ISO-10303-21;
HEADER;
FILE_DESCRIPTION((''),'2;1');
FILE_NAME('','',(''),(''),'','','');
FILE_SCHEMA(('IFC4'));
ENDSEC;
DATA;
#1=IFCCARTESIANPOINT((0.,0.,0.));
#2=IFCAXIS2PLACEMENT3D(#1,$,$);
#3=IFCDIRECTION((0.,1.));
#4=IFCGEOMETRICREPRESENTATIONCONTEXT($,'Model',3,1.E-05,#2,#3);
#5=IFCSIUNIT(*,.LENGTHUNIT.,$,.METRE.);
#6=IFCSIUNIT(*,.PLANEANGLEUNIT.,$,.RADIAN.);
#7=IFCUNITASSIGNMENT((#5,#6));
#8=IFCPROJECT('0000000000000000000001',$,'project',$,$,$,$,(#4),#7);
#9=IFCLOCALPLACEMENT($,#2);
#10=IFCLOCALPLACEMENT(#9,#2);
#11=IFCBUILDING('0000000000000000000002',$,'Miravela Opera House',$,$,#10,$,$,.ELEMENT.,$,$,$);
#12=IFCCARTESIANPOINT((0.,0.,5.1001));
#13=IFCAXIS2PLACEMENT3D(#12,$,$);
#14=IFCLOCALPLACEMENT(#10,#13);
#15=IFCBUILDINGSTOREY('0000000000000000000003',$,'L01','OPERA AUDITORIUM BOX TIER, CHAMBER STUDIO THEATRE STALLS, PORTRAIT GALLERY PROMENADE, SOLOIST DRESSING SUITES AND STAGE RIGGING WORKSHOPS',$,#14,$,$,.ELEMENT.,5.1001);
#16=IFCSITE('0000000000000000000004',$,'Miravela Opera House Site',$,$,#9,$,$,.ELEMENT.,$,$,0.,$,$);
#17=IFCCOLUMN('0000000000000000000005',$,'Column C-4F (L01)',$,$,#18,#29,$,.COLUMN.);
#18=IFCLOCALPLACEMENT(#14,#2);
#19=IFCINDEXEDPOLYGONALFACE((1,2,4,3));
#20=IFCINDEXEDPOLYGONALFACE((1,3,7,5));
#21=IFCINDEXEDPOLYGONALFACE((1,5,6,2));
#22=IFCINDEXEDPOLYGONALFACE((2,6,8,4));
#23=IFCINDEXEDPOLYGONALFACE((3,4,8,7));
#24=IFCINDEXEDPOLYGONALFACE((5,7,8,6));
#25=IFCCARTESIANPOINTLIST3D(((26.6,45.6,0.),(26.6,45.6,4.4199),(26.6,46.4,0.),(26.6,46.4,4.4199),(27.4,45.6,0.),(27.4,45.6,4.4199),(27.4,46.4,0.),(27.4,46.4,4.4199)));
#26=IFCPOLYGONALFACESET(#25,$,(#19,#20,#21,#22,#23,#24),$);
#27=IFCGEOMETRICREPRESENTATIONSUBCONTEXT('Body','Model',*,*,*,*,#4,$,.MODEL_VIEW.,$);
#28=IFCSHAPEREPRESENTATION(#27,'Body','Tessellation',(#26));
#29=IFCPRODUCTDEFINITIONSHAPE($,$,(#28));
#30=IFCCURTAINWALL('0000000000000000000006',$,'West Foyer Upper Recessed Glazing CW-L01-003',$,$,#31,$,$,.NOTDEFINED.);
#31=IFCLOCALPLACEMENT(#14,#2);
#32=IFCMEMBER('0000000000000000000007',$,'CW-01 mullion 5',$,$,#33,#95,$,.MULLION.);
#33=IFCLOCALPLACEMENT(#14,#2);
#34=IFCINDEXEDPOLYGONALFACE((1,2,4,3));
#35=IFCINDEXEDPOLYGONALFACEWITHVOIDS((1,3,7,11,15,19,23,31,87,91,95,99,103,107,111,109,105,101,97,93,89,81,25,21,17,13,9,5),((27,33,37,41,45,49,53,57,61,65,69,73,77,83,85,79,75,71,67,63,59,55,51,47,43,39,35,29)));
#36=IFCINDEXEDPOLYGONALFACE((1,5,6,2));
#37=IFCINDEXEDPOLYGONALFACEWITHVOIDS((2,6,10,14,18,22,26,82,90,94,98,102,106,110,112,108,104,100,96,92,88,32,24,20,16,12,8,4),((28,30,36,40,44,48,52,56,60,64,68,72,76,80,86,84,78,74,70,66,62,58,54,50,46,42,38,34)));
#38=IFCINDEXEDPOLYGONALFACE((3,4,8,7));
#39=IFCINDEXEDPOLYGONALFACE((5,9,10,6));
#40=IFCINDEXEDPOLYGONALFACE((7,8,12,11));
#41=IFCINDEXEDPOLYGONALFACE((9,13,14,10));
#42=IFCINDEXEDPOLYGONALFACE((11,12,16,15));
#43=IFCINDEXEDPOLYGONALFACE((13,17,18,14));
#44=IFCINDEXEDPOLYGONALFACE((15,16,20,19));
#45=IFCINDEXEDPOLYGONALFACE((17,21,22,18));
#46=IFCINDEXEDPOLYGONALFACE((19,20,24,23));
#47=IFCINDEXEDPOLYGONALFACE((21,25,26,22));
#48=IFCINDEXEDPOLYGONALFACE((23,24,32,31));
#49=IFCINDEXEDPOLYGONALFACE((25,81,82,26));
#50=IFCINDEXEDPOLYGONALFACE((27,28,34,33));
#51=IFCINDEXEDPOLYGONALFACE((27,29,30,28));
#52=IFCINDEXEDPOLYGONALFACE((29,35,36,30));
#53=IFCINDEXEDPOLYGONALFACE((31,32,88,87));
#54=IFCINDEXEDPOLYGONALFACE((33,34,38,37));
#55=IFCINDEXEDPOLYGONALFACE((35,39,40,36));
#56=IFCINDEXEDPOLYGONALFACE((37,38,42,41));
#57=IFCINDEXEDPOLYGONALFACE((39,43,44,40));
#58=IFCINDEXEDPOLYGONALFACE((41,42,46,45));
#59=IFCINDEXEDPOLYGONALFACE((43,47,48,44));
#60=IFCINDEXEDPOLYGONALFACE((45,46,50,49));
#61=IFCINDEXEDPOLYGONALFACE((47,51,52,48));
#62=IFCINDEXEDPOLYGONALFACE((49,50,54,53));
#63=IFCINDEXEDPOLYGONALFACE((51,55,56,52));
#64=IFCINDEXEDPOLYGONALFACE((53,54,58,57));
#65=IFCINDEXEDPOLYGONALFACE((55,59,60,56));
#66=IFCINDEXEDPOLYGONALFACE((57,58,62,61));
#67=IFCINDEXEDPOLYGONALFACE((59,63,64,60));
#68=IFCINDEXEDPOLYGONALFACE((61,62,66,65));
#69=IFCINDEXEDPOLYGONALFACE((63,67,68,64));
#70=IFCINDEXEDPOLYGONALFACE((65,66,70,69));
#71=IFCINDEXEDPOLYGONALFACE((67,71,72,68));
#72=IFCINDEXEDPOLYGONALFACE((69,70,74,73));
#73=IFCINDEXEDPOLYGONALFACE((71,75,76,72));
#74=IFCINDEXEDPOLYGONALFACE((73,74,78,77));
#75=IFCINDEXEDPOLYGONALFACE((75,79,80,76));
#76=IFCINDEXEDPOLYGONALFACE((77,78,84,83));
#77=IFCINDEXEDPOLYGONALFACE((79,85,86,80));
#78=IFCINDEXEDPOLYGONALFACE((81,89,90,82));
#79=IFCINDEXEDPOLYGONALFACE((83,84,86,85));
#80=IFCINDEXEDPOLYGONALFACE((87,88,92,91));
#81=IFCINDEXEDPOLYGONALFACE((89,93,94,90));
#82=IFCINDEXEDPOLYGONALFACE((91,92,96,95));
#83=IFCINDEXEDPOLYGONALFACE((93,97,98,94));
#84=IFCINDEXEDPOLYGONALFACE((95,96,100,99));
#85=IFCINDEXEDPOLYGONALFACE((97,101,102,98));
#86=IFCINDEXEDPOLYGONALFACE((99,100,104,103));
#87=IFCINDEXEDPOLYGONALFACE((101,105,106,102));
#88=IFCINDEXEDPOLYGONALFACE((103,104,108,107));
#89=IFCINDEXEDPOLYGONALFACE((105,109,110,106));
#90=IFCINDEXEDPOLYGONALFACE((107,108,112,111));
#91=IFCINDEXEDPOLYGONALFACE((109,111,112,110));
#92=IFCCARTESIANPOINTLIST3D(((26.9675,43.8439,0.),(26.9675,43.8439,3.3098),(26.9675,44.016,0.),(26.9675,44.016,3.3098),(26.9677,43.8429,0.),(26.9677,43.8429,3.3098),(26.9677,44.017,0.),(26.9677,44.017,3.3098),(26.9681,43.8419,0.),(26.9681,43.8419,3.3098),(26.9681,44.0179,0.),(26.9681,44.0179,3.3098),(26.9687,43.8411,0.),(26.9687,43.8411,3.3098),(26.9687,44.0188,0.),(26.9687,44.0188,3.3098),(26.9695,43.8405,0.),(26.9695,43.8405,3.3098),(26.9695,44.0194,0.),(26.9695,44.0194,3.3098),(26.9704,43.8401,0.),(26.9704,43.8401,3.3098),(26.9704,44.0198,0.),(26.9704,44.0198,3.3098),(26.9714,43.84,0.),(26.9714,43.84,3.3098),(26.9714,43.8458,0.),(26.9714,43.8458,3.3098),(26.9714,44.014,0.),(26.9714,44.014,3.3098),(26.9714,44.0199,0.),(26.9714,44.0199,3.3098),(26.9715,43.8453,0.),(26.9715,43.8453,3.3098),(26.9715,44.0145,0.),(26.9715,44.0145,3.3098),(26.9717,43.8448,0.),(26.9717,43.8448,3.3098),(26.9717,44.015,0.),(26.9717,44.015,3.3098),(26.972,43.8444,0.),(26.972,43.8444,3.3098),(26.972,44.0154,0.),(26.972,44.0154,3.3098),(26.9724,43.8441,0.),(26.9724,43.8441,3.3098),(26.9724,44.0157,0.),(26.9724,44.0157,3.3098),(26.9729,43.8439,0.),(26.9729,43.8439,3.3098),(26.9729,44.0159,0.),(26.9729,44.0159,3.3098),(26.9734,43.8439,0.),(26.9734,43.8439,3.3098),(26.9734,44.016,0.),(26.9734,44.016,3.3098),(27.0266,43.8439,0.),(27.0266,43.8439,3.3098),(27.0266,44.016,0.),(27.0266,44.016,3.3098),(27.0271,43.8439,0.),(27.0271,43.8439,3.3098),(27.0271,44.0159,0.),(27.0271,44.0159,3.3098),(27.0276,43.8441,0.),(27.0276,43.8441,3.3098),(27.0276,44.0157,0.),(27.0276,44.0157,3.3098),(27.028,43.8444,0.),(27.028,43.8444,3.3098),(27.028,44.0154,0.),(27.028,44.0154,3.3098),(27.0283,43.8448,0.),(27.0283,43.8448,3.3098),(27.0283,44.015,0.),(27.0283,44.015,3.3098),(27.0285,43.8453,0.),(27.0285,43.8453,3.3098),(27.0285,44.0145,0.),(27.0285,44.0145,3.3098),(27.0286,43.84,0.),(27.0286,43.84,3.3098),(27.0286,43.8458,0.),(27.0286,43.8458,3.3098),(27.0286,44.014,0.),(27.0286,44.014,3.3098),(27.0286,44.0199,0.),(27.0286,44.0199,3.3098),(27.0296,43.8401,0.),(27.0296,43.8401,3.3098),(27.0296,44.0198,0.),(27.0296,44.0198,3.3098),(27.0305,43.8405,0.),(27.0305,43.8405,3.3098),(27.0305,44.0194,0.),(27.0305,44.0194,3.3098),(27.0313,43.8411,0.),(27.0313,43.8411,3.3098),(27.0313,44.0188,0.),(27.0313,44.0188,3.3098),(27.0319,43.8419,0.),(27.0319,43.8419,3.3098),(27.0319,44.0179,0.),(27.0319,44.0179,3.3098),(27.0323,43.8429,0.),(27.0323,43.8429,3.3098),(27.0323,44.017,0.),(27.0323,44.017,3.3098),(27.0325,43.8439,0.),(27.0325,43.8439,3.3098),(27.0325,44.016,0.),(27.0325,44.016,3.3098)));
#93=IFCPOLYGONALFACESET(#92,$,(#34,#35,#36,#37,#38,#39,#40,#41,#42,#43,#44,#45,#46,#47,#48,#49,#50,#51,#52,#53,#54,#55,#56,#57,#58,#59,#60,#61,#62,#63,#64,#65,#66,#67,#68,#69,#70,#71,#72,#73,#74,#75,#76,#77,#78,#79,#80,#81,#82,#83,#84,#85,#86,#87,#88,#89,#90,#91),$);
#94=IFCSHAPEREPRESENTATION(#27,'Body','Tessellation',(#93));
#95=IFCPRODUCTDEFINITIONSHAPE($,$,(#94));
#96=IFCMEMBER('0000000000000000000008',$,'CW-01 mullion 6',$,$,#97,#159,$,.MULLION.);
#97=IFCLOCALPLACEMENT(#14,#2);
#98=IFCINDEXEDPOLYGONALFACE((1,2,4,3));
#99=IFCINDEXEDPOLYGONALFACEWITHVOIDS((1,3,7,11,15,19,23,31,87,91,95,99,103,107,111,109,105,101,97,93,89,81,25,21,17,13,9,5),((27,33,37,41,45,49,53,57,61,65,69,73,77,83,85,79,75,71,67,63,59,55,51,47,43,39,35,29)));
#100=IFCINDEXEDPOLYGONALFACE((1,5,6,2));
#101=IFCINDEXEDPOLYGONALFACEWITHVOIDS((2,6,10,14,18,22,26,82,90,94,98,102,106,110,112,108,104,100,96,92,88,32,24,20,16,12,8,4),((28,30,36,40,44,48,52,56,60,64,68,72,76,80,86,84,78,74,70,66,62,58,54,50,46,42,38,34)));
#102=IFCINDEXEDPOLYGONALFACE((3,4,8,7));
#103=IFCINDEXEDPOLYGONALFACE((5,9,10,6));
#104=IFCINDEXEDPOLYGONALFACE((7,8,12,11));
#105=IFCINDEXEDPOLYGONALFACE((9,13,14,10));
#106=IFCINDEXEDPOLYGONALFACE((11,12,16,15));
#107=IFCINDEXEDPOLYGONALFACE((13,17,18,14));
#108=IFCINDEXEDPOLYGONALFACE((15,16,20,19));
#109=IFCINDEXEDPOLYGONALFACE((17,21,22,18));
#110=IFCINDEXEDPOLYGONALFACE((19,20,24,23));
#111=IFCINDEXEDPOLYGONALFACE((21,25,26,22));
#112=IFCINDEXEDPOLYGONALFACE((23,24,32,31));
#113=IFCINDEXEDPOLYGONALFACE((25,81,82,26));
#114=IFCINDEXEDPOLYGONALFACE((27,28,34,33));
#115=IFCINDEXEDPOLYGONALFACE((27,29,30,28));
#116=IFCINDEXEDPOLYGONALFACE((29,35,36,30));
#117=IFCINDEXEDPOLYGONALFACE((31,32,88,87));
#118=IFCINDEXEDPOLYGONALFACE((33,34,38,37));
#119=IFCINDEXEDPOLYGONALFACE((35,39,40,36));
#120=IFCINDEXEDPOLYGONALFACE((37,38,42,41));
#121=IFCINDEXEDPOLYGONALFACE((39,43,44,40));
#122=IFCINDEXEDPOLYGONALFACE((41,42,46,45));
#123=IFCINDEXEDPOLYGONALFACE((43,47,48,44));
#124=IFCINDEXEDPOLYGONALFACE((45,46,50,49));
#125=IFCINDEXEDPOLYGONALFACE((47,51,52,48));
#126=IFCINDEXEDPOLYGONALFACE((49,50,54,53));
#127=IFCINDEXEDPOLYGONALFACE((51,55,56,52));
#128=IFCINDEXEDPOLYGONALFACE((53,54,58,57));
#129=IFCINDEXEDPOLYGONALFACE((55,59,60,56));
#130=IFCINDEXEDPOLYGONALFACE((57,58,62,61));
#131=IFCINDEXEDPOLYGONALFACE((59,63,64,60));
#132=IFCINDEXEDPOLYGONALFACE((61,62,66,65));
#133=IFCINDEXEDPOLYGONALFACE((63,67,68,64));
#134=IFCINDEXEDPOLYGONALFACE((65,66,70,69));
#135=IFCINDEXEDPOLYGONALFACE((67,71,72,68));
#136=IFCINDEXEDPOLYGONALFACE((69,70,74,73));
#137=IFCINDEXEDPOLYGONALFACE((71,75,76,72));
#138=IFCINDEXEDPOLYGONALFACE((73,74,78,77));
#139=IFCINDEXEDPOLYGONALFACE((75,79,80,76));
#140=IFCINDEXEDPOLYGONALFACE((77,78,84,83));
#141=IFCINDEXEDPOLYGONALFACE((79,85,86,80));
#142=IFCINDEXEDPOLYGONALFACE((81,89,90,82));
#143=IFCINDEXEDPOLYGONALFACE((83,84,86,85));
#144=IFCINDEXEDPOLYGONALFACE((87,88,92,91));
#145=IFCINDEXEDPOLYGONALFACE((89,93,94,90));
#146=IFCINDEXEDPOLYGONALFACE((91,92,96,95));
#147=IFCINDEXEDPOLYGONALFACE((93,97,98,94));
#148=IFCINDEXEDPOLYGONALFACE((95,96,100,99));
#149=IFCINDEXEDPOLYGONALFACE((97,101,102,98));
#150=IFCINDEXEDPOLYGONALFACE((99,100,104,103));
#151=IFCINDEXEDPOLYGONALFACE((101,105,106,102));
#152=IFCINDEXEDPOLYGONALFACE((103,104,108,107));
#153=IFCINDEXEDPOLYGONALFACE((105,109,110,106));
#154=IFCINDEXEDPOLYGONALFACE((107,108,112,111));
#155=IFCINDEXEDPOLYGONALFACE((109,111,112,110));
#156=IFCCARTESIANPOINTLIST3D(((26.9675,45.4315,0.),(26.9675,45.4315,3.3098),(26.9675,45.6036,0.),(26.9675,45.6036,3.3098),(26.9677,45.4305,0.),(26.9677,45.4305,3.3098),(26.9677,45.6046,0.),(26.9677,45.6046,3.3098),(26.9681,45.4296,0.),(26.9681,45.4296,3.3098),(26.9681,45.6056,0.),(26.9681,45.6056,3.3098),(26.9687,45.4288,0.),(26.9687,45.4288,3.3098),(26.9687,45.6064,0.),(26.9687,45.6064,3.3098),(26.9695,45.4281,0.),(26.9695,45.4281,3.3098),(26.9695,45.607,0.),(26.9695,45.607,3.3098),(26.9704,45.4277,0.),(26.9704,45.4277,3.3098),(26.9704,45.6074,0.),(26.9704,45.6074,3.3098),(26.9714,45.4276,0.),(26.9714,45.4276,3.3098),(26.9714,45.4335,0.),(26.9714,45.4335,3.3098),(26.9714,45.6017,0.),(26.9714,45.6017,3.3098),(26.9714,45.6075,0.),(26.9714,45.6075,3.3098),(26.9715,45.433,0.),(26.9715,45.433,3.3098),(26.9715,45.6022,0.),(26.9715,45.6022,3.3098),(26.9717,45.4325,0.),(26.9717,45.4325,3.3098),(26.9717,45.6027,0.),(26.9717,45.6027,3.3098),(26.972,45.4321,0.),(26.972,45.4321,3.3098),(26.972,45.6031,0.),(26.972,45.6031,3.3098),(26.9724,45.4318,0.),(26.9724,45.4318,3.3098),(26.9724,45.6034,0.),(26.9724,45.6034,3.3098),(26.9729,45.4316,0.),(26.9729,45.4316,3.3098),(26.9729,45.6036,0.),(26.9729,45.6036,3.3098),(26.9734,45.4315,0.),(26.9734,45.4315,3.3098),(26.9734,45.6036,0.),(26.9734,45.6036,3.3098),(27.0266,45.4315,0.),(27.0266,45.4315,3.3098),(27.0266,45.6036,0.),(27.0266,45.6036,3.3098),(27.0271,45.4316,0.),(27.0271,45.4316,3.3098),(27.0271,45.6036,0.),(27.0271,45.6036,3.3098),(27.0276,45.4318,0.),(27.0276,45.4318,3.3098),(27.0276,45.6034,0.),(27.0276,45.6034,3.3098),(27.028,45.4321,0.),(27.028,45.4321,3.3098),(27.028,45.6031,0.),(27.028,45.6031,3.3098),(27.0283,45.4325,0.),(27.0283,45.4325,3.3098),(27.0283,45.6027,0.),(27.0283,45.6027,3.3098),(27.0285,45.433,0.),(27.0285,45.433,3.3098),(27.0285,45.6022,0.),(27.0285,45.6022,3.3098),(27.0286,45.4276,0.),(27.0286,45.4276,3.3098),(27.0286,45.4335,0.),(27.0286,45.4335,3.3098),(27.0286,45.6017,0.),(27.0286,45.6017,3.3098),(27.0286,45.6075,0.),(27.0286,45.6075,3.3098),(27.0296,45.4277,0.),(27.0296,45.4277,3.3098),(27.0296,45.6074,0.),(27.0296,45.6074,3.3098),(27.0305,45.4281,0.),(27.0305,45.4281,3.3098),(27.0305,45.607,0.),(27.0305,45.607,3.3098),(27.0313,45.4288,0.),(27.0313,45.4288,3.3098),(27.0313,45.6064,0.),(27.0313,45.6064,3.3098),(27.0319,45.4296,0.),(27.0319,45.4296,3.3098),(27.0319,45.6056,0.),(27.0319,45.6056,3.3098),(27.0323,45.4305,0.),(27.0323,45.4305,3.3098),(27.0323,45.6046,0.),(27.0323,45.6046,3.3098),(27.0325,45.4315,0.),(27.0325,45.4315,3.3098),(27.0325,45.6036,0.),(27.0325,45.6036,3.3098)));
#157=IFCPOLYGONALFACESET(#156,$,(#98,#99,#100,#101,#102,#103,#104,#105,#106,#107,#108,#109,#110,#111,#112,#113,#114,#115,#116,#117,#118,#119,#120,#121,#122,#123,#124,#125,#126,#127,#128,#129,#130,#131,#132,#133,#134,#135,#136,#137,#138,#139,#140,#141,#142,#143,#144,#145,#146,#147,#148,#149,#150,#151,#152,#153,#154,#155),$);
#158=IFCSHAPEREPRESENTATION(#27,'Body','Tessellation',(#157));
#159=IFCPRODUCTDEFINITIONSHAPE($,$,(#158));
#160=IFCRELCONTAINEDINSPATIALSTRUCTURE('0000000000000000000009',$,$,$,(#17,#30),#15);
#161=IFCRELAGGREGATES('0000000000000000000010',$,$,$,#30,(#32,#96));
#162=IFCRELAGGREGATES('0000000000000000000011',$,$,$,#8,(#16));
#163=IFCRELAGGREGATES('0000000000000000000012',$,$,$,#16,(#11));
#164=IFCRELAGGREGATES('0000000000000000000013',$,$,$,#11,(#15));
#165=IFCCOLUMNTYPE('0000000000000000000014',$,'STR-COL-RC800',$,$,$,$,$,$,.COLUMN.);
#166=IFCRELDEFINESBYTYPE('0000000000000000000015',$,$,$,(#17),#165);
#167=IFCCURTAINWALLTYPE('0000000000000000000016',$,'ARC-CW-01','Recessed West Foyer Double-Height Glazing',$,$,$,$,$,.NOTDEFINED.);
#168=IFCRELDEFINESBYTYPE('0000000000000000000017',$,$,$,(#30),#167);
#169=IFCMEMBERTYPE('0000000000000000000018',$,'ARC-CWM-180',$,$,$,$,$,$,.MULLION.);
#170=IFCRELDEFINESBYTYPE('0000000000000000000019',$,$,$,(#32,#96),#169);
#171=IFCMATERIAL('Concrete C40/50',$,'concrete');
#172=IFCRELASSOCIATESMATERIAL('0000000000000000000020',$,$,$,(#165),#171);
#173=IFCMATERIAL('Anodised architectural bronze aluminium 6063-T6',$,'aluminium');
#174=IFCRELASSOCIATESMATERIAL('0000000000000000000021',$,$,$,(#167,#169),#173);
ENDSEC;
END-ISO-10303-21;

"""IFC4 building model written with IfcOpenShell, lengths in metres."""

from ifc_helpers import new_model, si_unit, direction, frame, origin, origin_2d, place, context, subcontext, project, spatial, rectangle, hollow_rectangle, extrude, material, material_profile, profile_set, type_object, element, aggregate, save


model = new_model("IFC4")

# Units and contexts
model_context = context("Model", 3, precision=1e-05, world=origin(), true_north=direction((0.0, 1.0)))
body_context = subcontext(model_context, "Body", "Model", "MODEL_VIEW")
ifc_project = project(units=[si_unit("LENGTHUNIT", "METRE"), si_unit("PLANEANGLEUNIT", "RADIAN")], contexts=[model_context])

# Site, building, storey
site_placement = place(None, origin())
site = spatial("IfcSite", under=ifc_project, at=site_placement, Name="Miravela Opera House Site", CompositionType="ELEMENT", RefElevation=0.0)
building_placement = place(site_placement, origin())
building = spatial("IfcBuilding", under=site, at=building_placement, Name="Miravela Opera House", CompositionType="ELEMENT")
storey_placement = place(building_placement, frame((0.0, 0.0, 5.1001)))
storey = spatial("IfcBuildingStorey", under=building, at=storey_placement, Name="L01", Description="OPERA AUDITORIUM BOX TIER, CHAMBER STUDIO THEATRE STALLS, PORTRAIT GALLERY PROMENADE, SOLOIST DRESSING SUITES AND STAGE RIGGING WORKSHOPS", CompositionType="ELEMENT", Elevation=5.1001)

# Column
ifc_material_1 = material(Name="Concrete C40/50", Category="concrete")
ifc_material_profile_1 = material_profile(ifc_material_1, rectangle(XDim=0.8, YDim=0.8, at=origin_2d()), Name="RC-COL-800X800")
ifc_profile_set_1 = profile_set([ifc_material_profile_1])
column_type = type_object("IfcColumnType", Name="STR-COL-RC800", PredefinedType="COLUMN", material=ifc_profile_set_1)
column_placement = place(storey_placement, frame((27.0, 46.0, 0.0), z_axis=(0.0, 0.0, 1.0), x_axis=(1.0, 0.0, 0.0)))
element("IfcColumn", 1, at=column_placement, inside=storey, type_object=column_type, Name="Column C-4F (L01)", PredefinedType="COLUMN", context=body_context, shape_type="SweptSolid", body=[
    extrude(rectangle(XDim=0.8, YDim=0.8, at=origin_2d()), origin(), (0.0, 0.0, 1.0), 4.4199),
])

# Curtain wall, members
ifc_material_2 = material(Name="Anodised architectural bronze aluminium 6063-T6", Category="aluminium")
curtain_wall_type = type_object("IfcCurtainWallType", Name="ARC-CW-01", Description="Recessed West Foyer Double-Height Glazing", PredefinedType="NOTDEFINED", material=ifc_material_2)
curtain_wall_1_placement = place(storey_placement, origin())
curtain_wall_1 = element("IfcCurtainWall", 2, at=curtain_wall_1_placement, inside=storey, type_object=curtain_wall_type, Name="West Foyer Upper Recessed Glazing CW-L01-003", PredefinedType="NOTDEFINED")
ifc_material_profile_2 = material_profile(ifc_material_2, hollow_rectangle(XDim=0.0649, YDim=0.1799, WallThickness=0.0039, InnerFilletRadius=0.002, OuterFilletRadius=0.0039, at=origin_2d()), Name="CWM-65X180")
ifc_profile_set_2 = profile_set([ifc_material_profile_2])
member_type_1 = type_object("IfcMemberType", Name="ARC-CWM-180", PredefinedType="MULLION", material=ifc_profile_set_2)
member_1_placement = place(storey_placement, frame((27.0, 43.9299, 0.0), z_axis=(0.0, 0.0, 1.0), x_axis=(-1.0, 0.0, 0.0)))
member_1 = element("IfcMember", 3, at=member_1_placement, type_object=member_type_1, Name="CW-01 mullion 5", PredefinedType="MULLION", context=body_context, shape_type="SweptSolid", body=[
    extrude(hollow_rectangle(XDim=0.0649, YDim=0.1799, WallThickness=0.0039, InnerFilletRadius=0.002, OuterFilletRadius=0.0039, at=origin_2d()), origin(), (0.0, 0.0, 1.0), 3.3098),
])
member_2_placement = place(storey_placement, frame((27.0, 45.5176, 0.0), z_axis=(0.0, 0.0, 1.0), x_axis=(-1.0, 0.0, 0.0)))
member_2 = element("IfcMember", 4, at=member_2_placement, type_object=member_type_1, Name="CW-01 mullion 6", PredefinedType="MULLION", context=body_context, shape_type="SweptSolid", body=[
    extrude(hollow_rectangle(XDim=0.0649, YDim=0.1799, WallThickness=0.0039, InnerFilletRadius=0.002, OuterFilletRadius=0.0039, at=origin_2d()), origin(), (0.0, 0.0, 1.0), 3.3098),
])

aggregate(curtain_wall_1, [member_1, member_2])

save(model, "model.ifc")
